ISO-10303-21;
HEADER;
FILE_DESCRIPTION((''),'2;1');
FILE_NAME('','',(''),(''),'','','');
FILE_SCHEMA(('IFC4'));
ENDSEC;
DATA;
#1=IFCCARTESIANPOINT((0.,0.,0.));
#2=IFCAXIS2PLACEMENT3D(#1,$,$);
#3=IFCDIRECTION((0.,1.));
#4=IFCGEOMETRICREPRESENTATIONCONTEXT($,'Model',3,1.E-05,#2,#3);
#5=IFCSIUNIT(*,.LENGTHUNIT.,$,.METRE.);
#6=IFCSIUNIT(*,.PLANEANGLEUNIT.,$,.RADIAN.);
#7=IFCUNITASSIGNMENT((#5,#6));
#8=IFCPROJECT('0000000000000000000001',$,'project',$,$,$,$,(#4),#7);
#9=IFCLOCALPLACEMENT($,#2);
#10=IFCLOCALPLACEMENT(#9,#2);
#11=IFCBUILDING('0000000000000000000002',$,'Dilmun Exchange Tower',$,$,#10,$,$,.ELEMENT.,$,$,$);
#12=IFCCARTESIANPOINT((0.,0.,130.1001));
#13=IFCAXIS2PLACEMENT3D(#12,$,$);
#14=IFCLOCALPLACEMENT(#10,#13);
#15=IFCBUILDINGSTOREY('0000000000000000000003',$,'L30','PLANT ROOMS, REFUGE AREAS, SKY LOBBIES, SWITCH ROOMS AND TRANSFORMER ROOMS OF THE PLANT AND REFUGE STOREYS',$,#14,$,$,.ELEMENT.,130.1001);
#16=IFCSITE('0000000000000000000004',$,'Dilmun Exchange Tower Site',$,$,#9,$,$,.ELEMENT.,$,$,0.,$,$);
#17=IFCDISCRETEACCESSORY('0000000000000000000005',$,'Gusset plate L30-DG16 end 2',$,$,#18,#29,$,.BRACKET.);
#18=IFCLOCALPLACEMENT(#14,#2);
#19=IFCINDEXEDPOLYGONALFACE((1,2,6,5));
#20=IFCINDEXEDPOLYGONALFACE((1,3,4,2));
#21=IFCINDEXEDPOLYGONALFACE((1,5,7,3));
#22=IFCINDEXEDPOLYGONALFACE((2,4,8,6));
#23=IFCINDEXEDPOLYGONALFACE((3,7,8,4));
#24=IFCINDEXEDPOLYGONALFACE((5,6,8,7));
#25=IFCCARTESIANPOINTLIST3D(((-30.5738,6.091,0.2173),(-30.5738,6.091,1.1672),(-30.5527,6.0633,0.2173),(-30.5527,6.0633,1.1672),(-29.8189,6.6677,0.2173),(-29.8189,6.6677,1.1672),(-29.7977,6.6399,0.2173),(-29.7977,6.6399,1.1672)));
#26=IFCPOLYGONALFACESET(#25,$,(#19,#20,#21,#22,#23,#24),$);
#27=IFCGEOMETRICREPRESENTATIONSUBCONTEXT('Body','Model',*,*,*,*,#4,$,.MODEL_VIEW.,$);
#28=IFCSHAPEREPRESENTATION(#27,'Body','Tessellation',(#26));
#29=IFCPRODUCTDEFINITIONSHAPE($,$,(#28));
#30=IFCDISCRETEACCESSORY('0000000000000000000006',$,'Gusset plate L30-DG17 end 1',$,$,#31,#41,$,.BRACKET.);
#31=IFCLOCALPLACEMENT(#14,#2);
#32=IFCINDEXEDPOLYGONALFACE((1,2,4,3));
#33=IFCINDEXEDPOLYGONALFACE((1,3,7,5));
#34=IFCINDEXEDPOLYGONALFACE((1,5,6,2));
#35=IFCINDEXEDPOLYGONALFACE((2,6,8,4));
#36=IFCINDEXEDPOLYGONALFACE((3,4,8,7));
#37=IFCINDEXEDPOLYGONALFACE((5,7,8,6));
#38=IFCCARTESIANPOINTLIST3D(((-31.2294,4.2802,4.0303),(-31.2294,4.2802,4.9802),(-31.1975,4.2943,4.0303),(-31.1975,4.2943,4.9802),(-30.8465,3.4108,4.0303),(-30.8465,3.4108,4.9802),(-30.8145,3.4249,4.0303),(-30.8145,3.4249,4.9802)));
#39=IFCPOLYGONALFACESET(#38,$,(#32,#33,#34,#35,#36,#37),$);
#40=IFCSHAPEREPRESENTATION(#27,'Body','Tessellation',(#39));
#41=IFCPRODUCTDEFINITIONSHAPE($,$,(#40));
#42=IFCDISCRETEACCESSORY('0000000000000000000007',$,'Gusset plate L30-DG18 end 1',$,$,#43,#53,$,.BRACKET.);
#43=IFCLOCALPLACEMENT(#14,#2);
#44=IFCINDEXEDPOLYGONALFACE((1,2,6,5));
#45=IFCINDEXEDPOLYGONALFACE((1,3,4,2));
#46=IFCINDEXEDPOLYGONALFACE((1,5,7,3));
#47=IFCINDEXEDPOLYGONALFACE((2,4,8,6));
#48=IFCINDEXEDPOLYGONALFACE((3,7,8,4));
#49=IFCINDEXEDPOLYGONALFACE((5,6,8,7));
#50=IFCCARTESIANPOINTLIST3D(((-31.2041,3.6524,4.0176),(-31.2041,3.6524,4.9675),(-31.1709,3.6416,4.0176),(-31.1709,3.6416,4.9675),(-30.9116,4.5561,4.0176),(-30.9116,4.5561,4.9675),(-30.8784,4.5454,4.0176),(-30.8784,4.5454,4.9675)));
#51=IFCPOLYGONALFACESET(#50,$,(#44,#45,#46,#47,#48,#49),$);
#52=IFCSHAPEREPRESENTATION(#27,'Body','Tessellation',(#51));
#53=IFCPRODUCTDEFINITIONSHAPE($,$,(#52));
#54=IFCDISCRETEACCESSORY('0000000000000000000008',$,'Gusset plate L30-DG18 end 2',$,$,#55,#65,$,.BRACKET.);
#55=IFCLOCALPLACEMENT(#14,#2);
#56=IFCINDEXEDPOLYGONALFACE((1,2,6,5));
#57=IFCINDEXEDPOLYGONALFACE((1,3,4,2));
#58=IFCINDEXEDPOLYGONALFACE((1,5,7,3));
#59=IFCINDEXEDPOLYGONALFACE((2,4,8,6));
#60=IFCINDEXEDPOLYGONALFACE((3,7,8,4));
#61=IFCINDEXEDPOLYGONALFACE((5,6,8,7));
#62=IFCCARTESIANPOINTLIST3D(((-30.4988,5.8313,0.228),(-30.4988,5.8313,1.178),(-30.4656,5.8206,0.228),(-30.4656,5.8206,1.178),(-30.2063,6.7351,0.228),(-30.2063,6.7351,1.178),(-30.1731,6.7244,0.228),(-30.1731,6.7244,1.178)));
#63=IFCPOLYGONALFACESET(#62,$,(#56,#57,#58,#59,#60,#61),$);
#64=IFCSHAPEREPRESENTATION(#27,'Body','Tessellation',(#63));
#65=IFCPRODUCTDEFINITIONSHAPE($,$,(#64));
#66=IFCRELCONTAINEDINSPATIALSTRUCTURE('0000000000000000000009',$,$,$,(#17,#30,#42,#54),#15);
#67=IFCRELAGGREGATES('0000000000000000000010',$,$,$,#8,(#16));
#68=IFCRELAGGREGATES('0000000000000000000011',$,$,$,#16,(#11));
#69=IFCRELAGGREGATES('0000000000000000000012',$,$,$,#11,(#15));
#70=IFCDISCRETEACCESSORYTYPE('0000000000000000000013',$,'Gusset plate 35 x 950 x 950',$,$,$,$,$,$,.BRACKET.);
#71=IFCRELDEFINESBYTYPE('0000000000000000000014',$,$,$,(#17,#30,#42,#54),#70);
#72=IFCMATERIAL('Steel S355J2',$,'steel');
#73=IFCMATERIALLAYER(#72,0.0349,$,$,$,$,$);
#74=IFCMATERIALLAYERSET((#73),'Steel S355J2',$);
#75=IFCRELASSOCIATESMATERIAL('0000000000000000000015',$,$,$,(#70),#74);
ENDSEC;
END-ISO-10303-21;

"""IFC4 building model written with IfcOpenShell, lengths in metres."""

from ifc_helpers import new_model, si_unit, direction, frame, origin, origin_2d, place, context, subcontext, project, spatial, rectangle, extrude, material, layer, layer_set, type_object, element, save


model = new_model("IFC4")

# Units and contexts
model_context = context("Model", 3, precision=1e-05, world=origin(), true_north=direction((0.0, 1.0)))
body_context = subcontext(model_context, "Body", "Model", "MODEL_VIEW")
ifc_project = project(units=[si_unit("LENGTHUNIT", "METRE"), si_unit("PLANEANGLEUNIT", "RADIAN")], contexts=[model_context])

# Site, building, storey
site_placement = place(None, origin())
site = spatial("IfcSite", under=ifc_project, at=site_placement, Name="Dilmun Exchange Tower Site", CompositionType="ELEMENT", RefElevation=0.0)
building_placement = place(site_placement, origin())
building = spatial("IfcBuilding", under=site, at=building_placement, Name="Dilmun Exchange Tower", CompositionType="ELEMENT")
storey_placement = place(building_placement, frame((0.0, 0.0, 130.1001)))
storey = spatial("IfcBuildingStorey", under=building, at=storey_placement, Name="L30", Description="PLANT ROOMS, REFUGE AREAS, SKY LOBBIES, SWITCH ROOMS AND TRANSFORMER ROOMS OF THE PLANT AND REFUGE STOREYS", CompositionType="ELEMENT", Elevation=130.1001)

# Discrete accessories
ifc_material_1 = material(Name="Steel S355J2", Category="steel")
ifc_layer_1 = layer(ifc_material_1, 0.0349)
ifc_layer_set_1 = layer_set([ifc_layer_1], Name="Steel S355J2")
discrete_accessory_type = type_object("IfcDiscreteAccessoryType", Name="Gusset plate 35 x 950 x 950", PredefinedType="BRACKET", material=ifc_layer_set_1)
for number, where, z_axis, x_axis, name in (
    (1, (-30.1858, 6.3655, 0.2173), (0.0, 0.0, 1.0), (-0.794688, -0.607018, 0.0), "Gusset plate L30-DG16 end 2"),
    (2, (-31.022, 3.8525, 4.0303), (0.0, 0.0, 1.0), (0.403106, -0.915153, 0.0), "Gusset plate L30-DG17 end 1"),
    (3, (-31.0413, 4.0989, 4.0176), (0.0, 0.0, 1.0), (0.307923, 0.951411, 0.0), "Gusset plate L30-DG18 end 1"),
    (4, (-30.3359, 6.2778, 0.228), (0.0, 0.0, 1.0), (0.307923, 0.951411, 0.0), "Gusset plate L30-DG18 end 2"),
):
    element("IfcDiscreteAccessory", number, at=place(storey_placement, frame(where, z_axis=z_axis, x_axis=x_axis)), inside=storey, type_object=discrete_accessory_type, Name=name, PredefinedType="BRACKET", context=body_context, shape_type="SweptSolid", body=[
        extrude(rectangle(XDim=0.95, YDim=0.0349, at=origin_2d()), origin(), (0.0, 0.0, 1.0), 0.95),
    ])

save(model, "model.ifc")
